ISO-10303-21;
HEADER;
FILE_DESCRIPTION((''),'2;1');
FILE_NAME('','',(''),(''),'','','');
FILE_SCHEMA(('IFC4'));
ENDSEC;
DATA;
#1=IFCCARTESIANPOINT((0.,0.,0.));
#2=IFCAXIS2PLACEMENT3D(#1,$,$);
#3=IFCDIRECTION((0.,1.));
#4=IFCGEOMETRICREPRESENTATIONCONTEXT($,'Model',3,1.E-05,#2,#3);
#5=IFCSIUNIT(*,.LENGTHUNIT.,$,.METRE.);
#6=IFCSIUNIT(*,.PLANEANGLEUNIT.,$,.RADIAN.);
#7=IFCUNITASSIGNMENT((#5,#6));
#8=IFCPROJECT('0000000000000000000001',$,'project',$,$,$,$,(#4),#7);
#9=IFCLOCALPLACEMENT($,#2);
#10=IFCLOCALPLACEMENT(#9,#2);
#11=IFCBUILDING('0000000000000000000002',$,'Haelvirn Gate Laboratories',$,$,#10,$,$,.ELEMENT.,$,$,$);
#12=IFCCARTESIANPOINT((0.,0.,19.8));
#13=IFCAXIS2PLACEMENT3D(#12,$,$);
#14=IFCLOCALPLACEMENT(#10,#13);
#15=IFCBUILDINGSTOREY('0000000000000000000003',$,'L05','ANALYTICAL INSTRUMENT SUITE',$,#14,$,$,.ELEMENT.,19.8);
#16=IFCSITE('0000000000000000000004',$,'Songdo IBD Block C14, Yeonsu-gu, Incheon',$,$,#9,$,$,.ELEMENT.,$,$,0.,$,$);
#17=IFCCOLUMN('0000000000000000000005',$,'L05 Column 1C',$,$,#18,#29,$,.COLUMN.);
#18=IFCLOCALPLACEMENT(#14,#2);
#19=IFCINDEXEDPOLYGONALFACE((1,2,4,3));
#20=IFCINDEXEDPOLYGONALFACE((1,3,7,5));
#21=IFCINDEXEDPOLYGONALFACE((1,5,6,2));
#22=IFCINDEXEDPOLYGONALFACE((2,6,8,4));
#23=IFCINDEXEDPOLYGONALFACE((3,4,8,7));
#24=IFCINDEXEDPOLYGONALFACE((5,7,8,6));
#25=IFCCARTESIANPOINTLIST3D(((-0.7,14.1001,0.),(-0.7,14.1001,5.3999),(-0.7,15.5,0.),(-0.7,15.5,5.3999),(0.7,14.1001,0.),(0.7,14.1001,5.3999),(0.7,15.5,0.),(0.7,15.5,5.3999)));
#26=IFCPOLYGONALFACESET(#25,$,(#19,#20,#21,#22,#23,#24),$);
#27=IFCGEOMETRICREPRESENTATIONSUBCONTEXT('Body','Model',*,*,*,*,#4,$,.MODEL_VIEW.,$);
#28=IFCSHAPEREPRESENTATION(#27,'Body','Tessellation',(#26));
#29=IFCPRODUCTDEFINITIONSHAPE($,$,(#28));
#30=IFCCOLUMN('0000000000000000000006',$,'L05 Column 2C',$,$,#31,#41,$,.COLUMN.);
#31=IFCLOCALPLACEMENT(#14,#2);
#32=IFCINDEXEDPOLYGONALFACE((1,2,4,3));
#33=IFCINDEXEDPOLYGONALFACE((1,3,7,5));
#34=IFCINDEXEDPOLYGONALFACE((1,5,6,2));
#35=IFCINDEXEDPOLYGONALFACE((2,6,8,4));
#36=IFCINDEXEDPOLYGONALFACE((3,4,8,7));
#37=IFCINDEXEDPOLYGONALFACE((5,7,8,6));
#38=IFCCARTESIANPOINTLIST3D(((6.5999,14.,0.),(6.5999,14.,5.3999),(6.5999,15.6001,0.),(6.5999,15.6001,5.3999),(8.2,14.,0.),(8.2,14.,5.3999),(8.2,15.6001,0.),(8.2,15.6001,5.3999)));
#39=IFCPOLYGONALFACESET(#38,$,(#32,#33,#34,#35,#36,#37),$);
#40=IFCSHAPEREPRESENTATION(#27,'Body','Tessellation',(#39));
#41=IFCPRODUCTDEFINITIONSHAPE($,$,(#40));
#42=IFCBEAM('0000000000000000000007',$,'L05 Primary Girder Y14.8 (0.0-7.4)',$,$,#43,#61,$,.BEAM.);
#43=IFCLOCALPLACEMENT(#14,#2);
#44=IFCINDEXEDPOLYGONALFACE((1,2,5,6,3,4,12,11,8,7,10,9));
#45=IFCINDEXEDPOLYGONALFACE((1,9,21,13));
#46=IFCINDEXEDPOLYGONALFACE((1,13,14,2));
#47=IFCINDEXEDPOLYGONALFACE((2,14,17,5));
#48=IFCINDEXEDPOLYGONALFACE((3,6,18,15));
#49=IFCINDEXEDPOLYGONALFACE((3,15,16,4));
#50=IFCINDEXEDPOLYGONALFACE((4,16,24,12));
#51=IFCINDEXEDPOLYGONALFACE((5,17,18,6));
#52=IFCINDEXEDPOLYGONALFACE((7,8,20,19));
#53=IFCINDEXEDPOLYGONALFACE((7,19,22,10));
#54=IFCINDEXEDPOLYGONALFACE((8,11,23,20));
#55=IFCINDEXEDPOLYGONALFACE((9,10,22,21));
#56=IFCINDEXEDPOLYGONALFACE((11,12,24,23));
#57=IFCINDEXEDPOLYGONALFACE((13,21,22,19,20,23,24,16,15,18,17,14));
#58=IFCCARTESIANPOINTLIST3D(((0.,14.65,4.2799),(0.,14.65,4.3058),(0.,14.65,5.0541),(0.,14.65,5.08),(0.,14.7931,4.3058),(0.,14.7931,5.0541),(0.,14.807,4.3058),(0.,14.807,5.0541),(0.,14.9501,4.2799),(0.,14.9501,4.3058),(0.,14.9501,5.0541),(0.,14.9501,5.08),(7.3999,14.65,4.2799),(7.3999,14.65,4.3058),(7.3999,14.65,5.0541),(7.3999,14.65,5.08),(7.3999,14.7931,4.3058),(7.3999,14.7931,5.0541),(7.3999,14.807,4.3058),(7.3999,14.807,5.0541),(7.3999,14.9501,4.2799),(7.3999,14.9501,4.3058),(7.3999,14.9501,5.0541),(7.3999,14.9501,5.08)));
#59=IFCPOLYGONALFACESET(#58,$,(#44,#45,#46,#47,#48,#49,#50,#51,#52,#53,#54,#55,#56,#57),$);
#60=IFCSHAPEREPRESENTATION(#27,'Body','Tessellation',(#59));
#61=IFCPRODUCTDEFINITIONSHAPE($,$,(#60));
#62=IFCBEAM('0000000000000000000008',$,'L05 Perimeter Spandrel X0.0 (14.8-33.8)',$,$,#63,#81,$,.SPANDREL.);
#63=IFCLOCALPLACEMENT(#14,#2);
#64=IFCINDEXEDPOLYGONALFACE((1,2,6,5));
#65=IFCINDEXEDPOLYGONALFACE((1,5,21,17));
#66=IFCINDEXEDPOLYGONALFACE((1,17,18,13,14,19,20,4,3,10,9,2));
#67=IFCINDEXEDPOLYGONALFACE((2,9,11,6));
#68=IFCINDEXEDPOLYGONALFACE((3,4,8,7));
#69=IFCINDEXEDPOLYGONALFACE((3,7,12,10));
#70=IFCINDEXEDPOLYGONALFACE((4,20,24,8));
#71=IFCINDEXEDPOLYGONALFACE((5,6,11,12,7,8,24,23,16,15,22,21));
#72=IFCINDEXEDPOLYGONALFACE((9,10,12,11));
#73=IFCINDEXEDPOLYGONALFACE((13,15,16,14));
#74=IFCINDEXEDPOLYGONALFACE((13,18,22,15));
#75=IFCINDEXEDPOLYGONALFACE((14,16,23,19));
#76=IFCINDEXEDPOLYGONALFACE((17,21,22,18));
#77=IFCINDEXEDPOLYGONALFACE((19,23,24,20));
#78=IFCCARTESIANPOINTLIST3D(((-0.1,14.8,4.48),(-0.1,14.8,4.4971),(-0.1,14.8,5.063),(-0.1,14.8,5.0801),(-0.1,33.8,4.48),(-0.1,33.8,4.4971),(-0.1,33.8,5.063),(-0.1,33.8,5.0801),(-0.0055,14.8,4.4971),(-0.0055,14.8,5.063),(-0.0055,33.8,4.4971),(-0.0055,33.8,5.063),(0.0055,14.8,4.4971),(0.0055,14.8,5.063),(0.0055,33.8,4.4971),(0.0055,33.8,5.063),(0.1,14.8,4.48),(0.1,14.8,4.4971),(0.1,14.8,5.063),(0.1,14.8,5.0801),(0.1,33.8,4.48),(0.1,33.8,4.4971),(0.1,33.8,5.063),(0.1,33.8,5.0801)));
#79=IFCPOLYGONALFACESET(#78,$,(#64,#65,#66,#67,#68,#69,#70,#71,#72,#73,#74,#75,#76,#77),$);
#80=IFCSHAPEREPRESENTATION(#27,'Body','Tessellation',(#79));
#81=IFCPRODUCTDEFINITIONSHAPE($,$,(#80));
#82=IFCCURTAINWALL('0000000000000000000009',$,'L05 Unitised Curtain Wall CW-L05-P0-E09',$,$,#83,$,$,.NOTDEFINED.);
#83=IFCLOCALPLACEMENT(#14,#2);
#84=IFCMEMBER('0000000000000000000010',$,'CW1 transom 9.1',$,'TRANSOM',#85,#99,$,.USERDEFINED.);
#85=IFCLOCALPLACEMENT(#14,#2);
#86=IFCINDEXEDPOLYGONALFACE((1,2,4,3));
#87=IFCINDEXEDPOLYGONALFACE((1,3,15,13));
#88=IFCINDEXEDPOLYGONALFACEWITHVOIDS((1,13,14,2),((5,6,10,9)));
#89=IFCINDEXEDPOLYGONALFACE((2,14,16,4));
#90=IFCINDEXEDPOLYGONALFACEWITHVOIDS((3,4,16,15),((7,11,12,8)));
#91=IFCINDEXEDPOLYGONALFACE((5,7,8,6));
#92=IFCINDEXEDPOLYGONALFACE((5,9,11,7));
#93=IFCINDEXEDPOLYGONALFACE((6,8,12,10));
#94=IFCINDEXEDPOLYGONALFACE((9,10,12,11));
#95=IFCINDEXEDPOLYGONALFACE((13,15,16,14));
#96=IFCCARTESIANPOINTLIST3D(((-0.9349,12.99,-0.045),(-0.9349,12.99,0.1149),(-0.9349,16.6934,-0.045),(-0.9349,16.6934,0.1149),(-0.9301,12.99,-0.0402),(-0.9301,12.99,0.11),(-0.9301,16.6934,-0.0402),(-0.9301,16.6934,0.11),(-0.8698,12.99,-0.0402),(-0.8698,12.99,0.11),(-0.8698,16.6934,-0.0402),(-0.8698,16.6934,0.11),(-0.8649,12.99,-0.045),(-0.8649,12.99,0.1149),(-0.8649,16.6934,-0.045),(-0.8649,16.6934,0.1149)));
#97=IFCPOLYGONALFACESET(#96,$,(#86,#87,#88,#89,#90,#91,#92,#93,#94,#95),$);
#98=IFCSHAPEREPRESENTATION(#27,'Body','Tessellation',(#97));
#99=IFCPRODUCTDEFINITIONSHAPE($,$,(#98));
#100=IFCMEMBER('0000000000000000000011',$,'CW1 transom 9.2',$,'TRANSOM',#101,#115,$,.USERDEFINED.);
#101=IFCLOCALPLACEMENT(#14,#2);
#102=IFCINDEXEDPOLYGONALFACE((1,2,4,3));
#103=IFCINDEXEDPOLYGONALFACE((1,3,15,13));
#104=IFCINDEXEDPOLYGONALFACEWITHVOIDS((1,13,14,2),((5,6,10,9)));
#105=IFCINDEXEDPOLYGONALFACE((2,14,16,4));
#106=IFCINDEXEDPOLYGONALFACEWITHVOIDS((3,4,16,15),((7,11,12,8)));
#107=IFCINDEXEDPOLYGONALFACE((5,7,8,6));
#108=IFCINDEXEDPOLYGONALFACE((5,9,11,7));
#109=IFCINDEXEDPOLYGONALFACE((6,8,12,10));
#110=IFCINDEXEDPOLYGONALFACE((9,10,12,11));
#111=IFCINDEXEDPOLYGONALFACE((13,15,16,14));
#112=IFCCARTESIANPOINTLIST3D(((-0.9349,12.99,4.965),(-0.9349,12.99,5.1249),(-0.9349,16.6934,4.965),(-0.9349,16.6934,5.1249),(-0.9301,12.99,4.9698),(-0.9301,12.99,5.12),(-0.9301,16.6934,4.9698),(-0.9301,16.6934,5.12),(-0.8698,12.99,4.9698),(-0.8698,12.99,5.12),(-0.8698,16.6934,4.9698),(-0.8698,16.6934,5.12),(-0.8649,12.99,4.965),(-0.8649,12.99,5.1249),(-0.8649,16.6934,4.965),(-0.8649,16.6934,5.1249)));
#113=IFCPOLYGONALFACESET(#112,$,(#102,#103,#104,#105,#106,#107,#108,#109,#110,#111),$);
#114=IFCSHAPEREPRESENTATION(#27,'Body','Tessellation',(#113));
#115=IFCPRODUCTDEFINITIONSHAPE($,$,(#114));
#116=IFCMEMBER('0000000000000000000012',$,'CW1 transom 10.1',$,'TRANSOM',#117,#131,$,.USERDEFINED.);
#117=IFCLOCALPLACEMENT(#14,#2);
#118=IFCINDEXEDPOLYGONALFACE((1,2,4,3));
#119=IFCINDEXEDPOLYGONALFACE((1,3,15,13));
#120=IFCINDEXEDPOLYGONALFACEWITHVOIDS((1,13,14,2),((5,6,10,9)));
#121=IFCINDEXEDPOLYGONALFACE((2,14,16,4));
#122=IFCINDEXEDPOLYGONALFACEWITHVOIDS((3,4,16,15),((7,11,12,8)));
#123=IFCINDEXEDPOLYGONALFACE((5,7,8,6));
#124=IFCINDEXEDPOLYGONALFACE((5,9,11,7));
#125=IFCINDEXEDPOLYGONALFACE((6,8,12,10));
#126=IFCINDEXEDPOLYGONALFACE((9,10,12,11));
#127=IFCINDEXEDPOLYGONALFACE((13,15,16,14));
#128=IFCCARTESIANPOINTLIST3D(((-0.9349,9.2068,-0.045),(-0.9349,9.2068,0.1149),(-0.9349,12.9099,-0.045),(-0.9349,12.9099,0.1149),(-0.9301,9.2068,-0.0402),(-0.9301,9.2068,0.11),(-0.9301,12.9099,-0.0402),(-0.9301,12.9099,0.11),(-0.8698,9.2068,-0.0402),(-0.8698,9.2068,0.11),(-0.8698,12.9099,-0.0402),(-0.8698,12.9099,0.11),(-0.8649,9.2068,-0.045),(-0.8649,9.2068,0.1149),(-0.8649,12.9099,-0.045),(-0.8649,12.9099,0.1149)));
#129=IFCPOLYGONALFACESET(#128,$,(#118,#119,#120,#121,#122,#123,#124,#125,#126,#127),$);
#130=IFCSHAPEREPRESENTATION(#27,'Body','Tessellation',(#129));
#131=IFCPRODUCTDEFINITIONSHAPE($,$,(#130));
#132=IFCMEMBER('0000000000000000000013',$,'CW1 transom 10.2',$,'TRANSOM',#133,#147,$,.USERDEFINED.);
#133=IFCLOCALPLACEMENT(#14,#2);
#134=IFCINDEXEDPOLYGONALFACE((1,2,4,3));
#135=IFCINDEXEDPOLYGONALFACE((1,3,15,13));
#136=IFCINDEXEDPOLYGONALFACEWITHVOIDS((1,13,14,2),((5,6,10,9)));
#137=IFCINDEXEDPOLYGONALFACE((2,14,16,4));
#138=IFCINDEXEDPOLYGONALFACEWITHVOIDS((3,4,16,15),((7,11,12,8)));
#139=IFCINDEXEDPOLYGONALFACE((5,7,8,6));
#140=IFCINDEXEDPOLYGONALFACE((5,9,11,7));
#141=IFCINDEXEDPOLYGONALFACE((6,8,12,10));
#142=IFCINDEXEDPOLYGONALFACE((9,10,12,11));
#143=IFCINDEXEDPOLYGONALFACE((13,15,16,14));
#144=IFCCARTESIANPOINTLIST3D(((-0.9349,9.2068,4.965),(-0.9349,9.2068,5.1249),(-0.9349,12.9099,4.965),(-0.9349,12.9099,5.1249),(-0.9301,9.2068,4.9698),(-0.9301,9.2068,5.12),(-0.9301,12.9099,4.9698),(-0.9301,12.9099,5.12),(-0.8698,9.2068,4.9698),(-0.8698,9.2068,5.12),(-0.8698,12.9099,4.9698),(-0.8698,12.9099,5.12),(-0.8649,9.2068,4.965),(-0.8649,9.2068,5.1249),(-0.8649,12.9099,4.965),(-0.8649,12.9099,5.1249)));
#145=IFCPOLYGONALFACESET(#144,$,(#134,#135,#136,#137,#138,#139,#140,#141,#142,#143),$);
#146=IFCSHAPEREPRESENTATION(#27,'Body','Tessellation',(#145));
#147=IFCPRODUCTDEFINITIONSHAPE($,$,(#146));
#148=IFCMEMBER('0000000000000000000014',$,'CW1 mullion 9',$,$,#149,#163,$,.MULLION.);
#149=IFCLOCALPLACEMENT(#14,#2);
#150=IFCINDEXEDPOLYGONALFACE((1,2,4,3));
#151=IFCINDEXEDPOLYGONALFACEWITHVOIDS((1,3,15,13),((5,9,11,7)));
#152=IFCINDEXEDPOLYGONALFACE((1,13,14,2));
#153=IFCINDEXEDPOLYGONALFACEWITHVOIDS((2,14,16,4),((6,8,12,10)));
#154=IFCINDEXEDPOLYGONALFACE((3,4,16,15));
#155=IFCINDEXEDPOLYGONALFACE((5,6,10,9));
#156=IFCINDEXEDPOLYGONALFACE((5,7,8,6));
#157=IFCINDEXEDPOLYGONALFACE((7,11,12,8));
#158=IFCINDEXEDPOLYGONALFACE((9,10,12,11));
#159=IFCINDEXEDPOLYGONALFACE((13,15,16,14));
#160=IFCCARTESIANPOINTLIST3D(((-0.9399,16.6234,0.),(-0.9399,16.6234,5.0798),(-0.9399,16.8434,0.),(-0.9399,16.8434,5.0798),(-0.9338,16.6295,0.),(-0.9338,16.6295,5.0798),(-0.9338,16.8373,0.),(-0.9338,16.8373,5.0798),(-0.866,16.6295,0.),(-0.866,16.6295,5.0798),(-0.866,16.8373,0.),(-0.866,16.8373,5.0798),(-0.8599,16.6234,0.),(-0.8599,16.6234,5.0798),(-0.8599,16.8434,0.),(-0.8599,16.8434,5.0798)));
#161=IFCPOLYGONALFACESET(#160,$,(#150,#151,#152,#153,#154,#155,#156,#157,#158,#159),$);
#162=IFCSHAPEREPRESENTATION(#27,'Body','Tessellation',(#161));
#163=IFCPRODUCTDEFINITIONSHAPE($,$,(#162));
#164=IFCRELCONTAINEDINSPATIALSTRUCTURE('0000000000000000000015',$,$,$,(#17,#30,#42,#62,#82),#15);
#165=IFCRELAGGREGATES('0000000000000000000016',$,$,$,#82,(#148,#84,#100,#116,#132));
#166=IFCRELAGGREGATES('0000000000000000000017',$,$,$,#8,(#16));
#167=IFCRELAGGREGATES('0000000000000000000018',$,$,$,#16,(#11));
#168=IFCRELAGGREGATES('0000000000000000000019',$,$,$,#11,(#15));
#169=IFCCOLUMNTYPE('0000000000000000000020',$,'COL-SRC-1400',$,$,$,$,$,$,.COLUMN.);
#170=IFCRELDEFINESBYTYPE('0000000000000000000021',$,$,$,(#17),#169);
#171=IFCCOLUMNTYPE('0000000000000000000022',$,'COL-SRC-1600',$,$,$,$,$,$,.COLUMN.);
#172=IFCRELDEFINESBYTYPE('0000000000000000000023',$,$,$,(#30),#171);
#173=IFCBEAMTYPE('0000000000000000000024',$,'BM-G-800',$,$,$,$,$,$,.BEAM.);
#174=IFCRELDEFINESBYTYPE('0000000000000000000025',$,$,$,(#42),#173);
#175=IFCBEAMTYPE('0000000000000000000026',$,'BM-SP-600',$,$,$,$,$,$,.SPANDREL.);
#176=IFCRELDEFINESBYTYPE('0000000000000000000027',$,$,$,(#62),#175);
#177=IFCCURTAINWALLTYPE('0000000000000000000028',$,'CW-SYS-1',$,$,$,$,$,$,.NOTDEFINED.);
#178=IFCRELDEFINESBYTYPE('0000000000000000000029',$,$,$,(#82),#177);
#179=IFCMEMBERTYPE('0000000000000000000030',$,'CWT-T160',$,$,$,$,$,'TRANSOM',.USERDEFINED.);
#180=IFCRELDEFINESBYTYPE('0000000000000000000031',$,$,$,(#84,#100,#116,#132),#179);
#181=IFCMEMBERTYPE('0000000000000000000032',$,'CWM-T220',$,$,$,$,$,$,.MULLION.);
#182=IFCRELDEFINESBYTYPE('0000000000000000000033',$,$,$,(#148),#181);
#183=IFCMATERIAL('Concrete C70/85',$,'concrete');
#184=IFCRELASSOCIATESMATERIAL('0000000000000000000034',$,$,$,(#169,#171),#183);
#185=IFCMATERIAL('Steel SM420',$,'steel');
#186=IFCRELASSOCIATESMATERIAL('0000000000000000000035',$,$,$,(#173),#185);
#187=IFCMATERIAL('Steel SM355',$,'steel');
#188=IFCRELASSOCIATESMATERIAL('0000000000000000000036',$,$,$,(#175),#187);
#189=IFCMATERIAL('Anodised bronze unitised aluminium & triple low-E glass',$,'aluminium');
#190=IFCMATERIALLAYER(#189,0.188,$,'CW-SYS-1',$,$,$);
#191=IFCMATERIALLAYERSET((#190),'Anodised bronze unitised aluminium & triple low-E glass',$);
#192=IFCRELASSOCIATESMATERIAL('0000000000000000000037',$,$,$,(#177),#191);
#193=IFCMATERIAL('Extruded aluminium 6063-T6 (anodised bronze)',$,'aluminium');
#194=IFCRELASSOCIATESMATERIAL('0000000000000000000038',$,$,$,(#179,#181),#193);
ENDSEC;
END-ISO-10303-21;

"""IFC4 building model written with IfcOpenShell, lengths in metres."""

from ifc_helpers import new_model, si_unit, direction, frame, origin, origin_2d, place, context, subcontext, project, spatial, rectangle, hollow_rectangle, i_section, extrude, source, transform, mapped, material, layer, layer_set, material_profile, profile_set, type_object, type_shapes, element, aggregate, save


model = new_model("IFC4")

# Units and contexts
model_context = context("Model", 3, precision=1e-05, world=origin(), true_north=direction((0.0, 1.0)))
body_context = subcontext(model_context, "Body", "Model", "MODEL_VIEW")
ifc_project = project(units=[si_unit("LENGTHUNIT", "METRE"), si_unit("PLANEANGLEUNIT", "RADIAN")], contexts=[model_context])

# Site, building, storey
site_placement = place(None, origin())
site = spatial("IfcSite", under=ifc_project, at=site_placement, Name="Songdo IBD Block C14, Yeonsu-gu, Incheon", CompositionType="ELEMENT", RefElevation=0.0)
building_placement = place(site_placement, origin())
building = spatial("IfcBuilding", under=site, at=building_placement, Name="Haelvirn Gate Laboratories", CompositionType="ELEMENT")
storey_placement = place(building_placement, frame((0.0, 0.0, 19.8)))
storey = spatial("IfcBuildingStorey", under=building, at=storey_placement, Name="L05", Description="ANALYTICAL INSTRUMENT SUITE", CompositionType="ELEMENT", Elevation=19.8)

# Columns
ifc_material_1 = material(Name="Concrete C70/85", Category="concrete")
ifc_material_profile_1 = material_profile(ifc_material_1, rectangle(XDim=1.3999, YDim=1.3999, at=origin_2d()), Name="SRC-1400x1400")
ifc_profile_set_1 = profile_set([ifc_material_profile_1], Name="Concrete C70/85")
column_type_1 = type_object("IfcColumnType", Name="COL-SRC-1400", PredefinedType="COLUMN", material=ifc_profile_set_1)
shared_shape_1 = source(origin(), body_context, "Body", "SweptSolid", [
    extrude(rectangle(XDim=1.3999, YDim=1.3999, at=origin_2d()), origin(), (0.0, 0.0, 1.0), 5.3999),
])
type_shapes(column_type_1, [shared_shape_1])
column_1_placement = place(storey_placement, frame((0.0, 14.8, 0.0), z_axis=(0.0, 0.0, 1.0), x_axis=(1.0, 0.0, 0.0)))
element("IfcColumn", 1, at=column_1_placement, inside=storey, type_object=column_type_1, Name="L05 Column 1C", PredefinedType="COLUMN", context=body_context, shape_type="MappedRepresentation", body=[
    mapped(shared_shape_1, transform((0.0, 0.0, 0.0), scale=1.0)),
])
ifc_material_profile_2 = material_profile(ifc_material_1, rectangle(XDim=1.6001, YDim=1.6001, at=origin_2d()), Name="SRC-1600x1600")
ifc_profile_set_2 = profile_set([ifc_material_profile_2], Name="Concrete C70/85")
column_type_2 = type_object("IfcColumnType", Name="COL-SRC-1600", PredefinedType="COLUMN", material=ifc_profile_set_2)
shared_shape_2 = source(origin(), body_context, "Body", "SweptSolid", [
    extrude(rectangle(XDim=1.6001, YDim=1.6001, at=origin_2d()), origin(), (0.0, 0.0, 1.0), 5.3999),
])
type_shapes(column_type_2, [shared_shape_2])
column_2_placement = place(storey_placement, frame((7.3999, 14.8, 0.0), z_axis=(0.0, 0.0, 1.0), x_axis=(1.0, 0.0, 0.0)))
element("IfcColumn", 2, at=column_2_placement, inside=storey, type_object=column_type_2, Name="L05 Column 2C", PredefinedType="COLUMN", context=body_context, shape_type="MappedRepresentation", body=[
    mapped(shared_shape_2, transform((0.0, 0.0, 0.0), scale=1.0)),
])

# Beams
ifc_material_2 = material(Name="Steel SM420", Category="steel")
ifc_material_profile_3 = material_profile(ifc_material_2, i_section(OverallWidth=0.3, OverallDepth=0.8, WebThickness=0.0139, FlangeThickness=0.0259, at=origin_2d()), Name="H-800x300x14x26")
ifc_profile_set_3 = profile_set([ifc_material_profile_3], Name="Steel SM420")
beam_type_1 = type_object("IfcBeamType", Name="BM-G-800", PredefinedType="BEAM", material=ifc_profile_set_3)
shared_shape_3 = source(origin(), body_context, "Body", "SweptSolid", [
    extrude(i_section(OverallWidth=0.3, OverallDepth=0.8, WebThickness=0.0139, FlangeThickness=0.0259, at=origin_2d()), origin(), (0.0, 0.0, 1.0), 7.3999),
])
type_shapes(beam_type_1, [shared_shape_3])
beam_1_placement = place(storey_placement, frame((0.0, 14.8, 4.6799), z_axis=(1.0, 0.0, 0.0), x_axis=(0.0, 1.0, 0.0)))
element("IfcBeam", 3, at=beam_1_placement, inside=storey, type_object=beam_type_1, Name="L05 Primary Girder Y14.8 (0.0-7.4)", PredefinedType="BEAM", context=body_context, shape_type="MappedRepresentation", body=[
    mapped(shared_shape_3, transform((0.0, 0.0, 0.0), scale=1.0)),
])
ifc_material_3 = material(Name="Steel SM355", Category="steel")
ifc_material_profile_4 = material_profile(ifc_material_3, i_section(OverallWidth=0.2, OverallDepth=0.6001, WebThickness=0.011, FlangeThickness=0.0171, at=origin_2d()), Name="H-600x200x11x17")
ifc_profile_set_4 = profile_set([ifc_material_profile_4], Name="Steel SM355")
beam_type_2 = type_object("IfcBeamType", Name="BM-SP-600", PredefinedType="SPANDREL", material=ifc_profile_set_4)
shared_shape_4 = source(origin(), body_context, "Body", "SweptSolid", [
    extrude(i_section(OverallWidth=0.2, OverallDepth=0.6001, WebThickness=0.011, FlangeThickness=0.0171, at=origin_2d()), origin(), (0.0, 0.0, 1.0), 19.0),
])
type_shapes(beam_type_2, [shared_shape_4])
beam_2_placement = place(storey_placement, frame((0.0, 14.8, 4.78), z_axis=(0.0, 1.0, 0.0), x_axis=(-1.0, 0.0, 0.0)))
element("IfcBeam", 4, at=beam_2_placement, inside=storey, type_object=beam_type_2, Name="L05 Perimeter Spandrel X0.0 (14.8-33.8)", PredefinedType="SPANDREL", context=body_context, shape_type="MappedRepresentation", body=[
    mapped(shared_shape_4, transform((0.0, 0.0, 0.0), scale=1.0)),
])

# Curtain wall, members
ifc_material_4 = material(Name="Anodised bronze unitised aluminium & triple low-E glass", Category="aluminium")
ifc_layer_1 = layer(ifc_material_4, 0.188, Name="CW-SYS-1")
ifc_layer_set_1 = layer_set([ifc_layer_1], Name="Anodised bronze unitised aluminium & triple low-E glass")
curtain_wall_type = type_object("IfcCurtainWallType", Name="CW-SYS-1", PredefinedType="NOTDEFINED", material=ifc_layer_set_1)
curtain_wall_placement = place(storey_placement, origin())
curtain_wall = element("IfcCurtainWall", 5, at=curtain_wall_placement, inside=storey, type_object=curtain_wall_type, Name="L05 Unitised Curtain Wall CW-L05-P0-E09", PredefinedType="NOTDEFINED")
ifc_material_5 = material(Name="Extruded aluminium 6063-T6 (anodised bronze)", Category="aluminium")
ifc_material_profile_5 = material_profile(ifc_material_5, hollow_rectangle(XDim=0.0701, YDim=0.1599, WallThickness=0.0049, at=origin_2d()), Name="CWT-160x70x5")
ifc_profile_set_5 = profile_set([ifc_material_profile_5], Name="Extruded aluminium 6063-T6 (anodised bronze)")
member_type_1 = type_object("IfcMemberType", Name="CWT-T160", ElementType="TRANSOM", PredefinedType="USERDEFINED", material=ifc_profile_set_5)
shared_shape_5 = source(origin(), body_context, "Body", "SweptSolid", [
    extrude(hollow_rectangle(XDim=0.0701, YDim=0.1599, WallThickness=0.0049, at=origin_2d()), origin(), (0.0, 0.0, 1.0), 3.7034),
])
member_1_placement = place(storey_placement, frame((-0.8999, 16.6934, 0.0349), z_axis=(0.0, -1.0, 0.0), x_axis=(1.0, 0.0, 0.0)))
member_1 = element("IfcMember", 6, at=member_1_placement, type_object=member_type_1, Name="CW1 transom 9.1", ObjectType="TRANSOM", PredefinedType="USERDEFINED", context=body_context, shape_type="MappedRepresentation", body=[
    mapped(shared_shape_5, transform((0.0, 0.0, 0.0), scale=1.0)),
])
member_2_placement = place(storey_placement, frame((-0.8999, 16.6934, 5.0449), z_axis=(0.0, -1.0, 0.0), x_axis=(1.0, 0.0, 0.0)))
member_2 = element("IfcMember", 7, at=member_2_placement, type_object=member_type_1, Name="CW1 transom 9.2", ObjectType="TRANSOM", PredefinedType="USERDEFINED", context=body_context, shape_type="MappedRepresentation", body=[
    mapped(shared_shape_5, transform((0.0, 0.0, 0.0), scale=1.0)),
])
shared_shape_6 = source(origin(), body_context, "Body", "SweptSolid", [
    extrude(hollow_rectangle(XDim=0.0701, YDim=0.1599, WallThickness=0.0049, at=origin_2d()), origin(), (0.0, 0.0, 1.0), 3.7031),
])
type_shapes(member_type_1, [shared_shape_5, shared_shape_6])
member_3_placement = place(storey_placement, frame((-0.8999, 12.9099, 0.0349), z_axis=(0.0, -1.0, 0.0), x_axis=(1.0, 0.0, 0.0)))
member_3 = element("IfcMember", 8, at=member_3_placement, type_object=member_type_1, Name="CW1 transom 10.1", ObjectType="TRANSOM", PredefinedType="USERDEFINED", context=body_context, shape_type="MappedRepresentation", body=[
    mapped(shared_shape_6, transform((0.0, 0.0, 0.0), scale=1.0)),
])
member_4_placement = place(storey_placement, frame((-0.8999, 12.9099, 5.0449), z_axis=(0.0, -1.0, 0.0), x_axis=(1.0, 0.0, 0.0)))
member_4 = element("IfcMember", 9, at=member_4_placement, type_object=member_type_1, Name="CW1 transom 10.2", ObjectType="TRANSOM", PredefinedType="USERDEFINED", context=body_context, shape_type="MappedRepresentation", body=[
    mapped(shared_shape_6, transform((0.0, 0.0, 0.0), scale=1.0)),
])
ifc_material_profile_6 = material_profile(ifc_material_5, hollow_rectangle(XDim=0.0801, YDim=0.22, WallThickness=0.0061, at=origin_2d()), Name="CWM-220x80x6")
ifc_profile_set_6 = profile_set([ifc_material_profile_6], Name="Extruded aluminium 6063-T6 (anodised bronze)")
member_type_2 = type_object("IfcMemberType", Name="CWM-T220", PredefinedType="MULLION", material=ifc_profile_set_6)
shared_shape_7 = source(origin(), body_context, "Body", "SweptSolid", [
    extrude(hollow_rectangle(XDim=0.0801, YDim=0.22, WallThickness=0.0061, at=origin_2d()), origin(), (0.0, 0.0, 1.0), 5.0798),
])
type_shapes(member_type_2, [shared_shape_7])
member_5_placement = place(storey_placement, frame((-0.8999, 16.7334, 0.0), z_axis=(0.0, 0.0, 1.0), x_axis=(1.0, 0.0, 0.0)))
member_5 = element("IfcMember", 10, at=member_5_placement, type_object=member_type_2, Name="CW1 mullion 9", PredefinedType="MULLION", context=body_context, shape_type="MappedRepresentation", body=[
    mapped(shared_shape_7, transform((0.0, 0.0, 0.0), scale=1.0)),
])
aggregate(curtain_wall, [member_5, member_1, member_2, member_3, member_4])

save(model, "model.ifc")
